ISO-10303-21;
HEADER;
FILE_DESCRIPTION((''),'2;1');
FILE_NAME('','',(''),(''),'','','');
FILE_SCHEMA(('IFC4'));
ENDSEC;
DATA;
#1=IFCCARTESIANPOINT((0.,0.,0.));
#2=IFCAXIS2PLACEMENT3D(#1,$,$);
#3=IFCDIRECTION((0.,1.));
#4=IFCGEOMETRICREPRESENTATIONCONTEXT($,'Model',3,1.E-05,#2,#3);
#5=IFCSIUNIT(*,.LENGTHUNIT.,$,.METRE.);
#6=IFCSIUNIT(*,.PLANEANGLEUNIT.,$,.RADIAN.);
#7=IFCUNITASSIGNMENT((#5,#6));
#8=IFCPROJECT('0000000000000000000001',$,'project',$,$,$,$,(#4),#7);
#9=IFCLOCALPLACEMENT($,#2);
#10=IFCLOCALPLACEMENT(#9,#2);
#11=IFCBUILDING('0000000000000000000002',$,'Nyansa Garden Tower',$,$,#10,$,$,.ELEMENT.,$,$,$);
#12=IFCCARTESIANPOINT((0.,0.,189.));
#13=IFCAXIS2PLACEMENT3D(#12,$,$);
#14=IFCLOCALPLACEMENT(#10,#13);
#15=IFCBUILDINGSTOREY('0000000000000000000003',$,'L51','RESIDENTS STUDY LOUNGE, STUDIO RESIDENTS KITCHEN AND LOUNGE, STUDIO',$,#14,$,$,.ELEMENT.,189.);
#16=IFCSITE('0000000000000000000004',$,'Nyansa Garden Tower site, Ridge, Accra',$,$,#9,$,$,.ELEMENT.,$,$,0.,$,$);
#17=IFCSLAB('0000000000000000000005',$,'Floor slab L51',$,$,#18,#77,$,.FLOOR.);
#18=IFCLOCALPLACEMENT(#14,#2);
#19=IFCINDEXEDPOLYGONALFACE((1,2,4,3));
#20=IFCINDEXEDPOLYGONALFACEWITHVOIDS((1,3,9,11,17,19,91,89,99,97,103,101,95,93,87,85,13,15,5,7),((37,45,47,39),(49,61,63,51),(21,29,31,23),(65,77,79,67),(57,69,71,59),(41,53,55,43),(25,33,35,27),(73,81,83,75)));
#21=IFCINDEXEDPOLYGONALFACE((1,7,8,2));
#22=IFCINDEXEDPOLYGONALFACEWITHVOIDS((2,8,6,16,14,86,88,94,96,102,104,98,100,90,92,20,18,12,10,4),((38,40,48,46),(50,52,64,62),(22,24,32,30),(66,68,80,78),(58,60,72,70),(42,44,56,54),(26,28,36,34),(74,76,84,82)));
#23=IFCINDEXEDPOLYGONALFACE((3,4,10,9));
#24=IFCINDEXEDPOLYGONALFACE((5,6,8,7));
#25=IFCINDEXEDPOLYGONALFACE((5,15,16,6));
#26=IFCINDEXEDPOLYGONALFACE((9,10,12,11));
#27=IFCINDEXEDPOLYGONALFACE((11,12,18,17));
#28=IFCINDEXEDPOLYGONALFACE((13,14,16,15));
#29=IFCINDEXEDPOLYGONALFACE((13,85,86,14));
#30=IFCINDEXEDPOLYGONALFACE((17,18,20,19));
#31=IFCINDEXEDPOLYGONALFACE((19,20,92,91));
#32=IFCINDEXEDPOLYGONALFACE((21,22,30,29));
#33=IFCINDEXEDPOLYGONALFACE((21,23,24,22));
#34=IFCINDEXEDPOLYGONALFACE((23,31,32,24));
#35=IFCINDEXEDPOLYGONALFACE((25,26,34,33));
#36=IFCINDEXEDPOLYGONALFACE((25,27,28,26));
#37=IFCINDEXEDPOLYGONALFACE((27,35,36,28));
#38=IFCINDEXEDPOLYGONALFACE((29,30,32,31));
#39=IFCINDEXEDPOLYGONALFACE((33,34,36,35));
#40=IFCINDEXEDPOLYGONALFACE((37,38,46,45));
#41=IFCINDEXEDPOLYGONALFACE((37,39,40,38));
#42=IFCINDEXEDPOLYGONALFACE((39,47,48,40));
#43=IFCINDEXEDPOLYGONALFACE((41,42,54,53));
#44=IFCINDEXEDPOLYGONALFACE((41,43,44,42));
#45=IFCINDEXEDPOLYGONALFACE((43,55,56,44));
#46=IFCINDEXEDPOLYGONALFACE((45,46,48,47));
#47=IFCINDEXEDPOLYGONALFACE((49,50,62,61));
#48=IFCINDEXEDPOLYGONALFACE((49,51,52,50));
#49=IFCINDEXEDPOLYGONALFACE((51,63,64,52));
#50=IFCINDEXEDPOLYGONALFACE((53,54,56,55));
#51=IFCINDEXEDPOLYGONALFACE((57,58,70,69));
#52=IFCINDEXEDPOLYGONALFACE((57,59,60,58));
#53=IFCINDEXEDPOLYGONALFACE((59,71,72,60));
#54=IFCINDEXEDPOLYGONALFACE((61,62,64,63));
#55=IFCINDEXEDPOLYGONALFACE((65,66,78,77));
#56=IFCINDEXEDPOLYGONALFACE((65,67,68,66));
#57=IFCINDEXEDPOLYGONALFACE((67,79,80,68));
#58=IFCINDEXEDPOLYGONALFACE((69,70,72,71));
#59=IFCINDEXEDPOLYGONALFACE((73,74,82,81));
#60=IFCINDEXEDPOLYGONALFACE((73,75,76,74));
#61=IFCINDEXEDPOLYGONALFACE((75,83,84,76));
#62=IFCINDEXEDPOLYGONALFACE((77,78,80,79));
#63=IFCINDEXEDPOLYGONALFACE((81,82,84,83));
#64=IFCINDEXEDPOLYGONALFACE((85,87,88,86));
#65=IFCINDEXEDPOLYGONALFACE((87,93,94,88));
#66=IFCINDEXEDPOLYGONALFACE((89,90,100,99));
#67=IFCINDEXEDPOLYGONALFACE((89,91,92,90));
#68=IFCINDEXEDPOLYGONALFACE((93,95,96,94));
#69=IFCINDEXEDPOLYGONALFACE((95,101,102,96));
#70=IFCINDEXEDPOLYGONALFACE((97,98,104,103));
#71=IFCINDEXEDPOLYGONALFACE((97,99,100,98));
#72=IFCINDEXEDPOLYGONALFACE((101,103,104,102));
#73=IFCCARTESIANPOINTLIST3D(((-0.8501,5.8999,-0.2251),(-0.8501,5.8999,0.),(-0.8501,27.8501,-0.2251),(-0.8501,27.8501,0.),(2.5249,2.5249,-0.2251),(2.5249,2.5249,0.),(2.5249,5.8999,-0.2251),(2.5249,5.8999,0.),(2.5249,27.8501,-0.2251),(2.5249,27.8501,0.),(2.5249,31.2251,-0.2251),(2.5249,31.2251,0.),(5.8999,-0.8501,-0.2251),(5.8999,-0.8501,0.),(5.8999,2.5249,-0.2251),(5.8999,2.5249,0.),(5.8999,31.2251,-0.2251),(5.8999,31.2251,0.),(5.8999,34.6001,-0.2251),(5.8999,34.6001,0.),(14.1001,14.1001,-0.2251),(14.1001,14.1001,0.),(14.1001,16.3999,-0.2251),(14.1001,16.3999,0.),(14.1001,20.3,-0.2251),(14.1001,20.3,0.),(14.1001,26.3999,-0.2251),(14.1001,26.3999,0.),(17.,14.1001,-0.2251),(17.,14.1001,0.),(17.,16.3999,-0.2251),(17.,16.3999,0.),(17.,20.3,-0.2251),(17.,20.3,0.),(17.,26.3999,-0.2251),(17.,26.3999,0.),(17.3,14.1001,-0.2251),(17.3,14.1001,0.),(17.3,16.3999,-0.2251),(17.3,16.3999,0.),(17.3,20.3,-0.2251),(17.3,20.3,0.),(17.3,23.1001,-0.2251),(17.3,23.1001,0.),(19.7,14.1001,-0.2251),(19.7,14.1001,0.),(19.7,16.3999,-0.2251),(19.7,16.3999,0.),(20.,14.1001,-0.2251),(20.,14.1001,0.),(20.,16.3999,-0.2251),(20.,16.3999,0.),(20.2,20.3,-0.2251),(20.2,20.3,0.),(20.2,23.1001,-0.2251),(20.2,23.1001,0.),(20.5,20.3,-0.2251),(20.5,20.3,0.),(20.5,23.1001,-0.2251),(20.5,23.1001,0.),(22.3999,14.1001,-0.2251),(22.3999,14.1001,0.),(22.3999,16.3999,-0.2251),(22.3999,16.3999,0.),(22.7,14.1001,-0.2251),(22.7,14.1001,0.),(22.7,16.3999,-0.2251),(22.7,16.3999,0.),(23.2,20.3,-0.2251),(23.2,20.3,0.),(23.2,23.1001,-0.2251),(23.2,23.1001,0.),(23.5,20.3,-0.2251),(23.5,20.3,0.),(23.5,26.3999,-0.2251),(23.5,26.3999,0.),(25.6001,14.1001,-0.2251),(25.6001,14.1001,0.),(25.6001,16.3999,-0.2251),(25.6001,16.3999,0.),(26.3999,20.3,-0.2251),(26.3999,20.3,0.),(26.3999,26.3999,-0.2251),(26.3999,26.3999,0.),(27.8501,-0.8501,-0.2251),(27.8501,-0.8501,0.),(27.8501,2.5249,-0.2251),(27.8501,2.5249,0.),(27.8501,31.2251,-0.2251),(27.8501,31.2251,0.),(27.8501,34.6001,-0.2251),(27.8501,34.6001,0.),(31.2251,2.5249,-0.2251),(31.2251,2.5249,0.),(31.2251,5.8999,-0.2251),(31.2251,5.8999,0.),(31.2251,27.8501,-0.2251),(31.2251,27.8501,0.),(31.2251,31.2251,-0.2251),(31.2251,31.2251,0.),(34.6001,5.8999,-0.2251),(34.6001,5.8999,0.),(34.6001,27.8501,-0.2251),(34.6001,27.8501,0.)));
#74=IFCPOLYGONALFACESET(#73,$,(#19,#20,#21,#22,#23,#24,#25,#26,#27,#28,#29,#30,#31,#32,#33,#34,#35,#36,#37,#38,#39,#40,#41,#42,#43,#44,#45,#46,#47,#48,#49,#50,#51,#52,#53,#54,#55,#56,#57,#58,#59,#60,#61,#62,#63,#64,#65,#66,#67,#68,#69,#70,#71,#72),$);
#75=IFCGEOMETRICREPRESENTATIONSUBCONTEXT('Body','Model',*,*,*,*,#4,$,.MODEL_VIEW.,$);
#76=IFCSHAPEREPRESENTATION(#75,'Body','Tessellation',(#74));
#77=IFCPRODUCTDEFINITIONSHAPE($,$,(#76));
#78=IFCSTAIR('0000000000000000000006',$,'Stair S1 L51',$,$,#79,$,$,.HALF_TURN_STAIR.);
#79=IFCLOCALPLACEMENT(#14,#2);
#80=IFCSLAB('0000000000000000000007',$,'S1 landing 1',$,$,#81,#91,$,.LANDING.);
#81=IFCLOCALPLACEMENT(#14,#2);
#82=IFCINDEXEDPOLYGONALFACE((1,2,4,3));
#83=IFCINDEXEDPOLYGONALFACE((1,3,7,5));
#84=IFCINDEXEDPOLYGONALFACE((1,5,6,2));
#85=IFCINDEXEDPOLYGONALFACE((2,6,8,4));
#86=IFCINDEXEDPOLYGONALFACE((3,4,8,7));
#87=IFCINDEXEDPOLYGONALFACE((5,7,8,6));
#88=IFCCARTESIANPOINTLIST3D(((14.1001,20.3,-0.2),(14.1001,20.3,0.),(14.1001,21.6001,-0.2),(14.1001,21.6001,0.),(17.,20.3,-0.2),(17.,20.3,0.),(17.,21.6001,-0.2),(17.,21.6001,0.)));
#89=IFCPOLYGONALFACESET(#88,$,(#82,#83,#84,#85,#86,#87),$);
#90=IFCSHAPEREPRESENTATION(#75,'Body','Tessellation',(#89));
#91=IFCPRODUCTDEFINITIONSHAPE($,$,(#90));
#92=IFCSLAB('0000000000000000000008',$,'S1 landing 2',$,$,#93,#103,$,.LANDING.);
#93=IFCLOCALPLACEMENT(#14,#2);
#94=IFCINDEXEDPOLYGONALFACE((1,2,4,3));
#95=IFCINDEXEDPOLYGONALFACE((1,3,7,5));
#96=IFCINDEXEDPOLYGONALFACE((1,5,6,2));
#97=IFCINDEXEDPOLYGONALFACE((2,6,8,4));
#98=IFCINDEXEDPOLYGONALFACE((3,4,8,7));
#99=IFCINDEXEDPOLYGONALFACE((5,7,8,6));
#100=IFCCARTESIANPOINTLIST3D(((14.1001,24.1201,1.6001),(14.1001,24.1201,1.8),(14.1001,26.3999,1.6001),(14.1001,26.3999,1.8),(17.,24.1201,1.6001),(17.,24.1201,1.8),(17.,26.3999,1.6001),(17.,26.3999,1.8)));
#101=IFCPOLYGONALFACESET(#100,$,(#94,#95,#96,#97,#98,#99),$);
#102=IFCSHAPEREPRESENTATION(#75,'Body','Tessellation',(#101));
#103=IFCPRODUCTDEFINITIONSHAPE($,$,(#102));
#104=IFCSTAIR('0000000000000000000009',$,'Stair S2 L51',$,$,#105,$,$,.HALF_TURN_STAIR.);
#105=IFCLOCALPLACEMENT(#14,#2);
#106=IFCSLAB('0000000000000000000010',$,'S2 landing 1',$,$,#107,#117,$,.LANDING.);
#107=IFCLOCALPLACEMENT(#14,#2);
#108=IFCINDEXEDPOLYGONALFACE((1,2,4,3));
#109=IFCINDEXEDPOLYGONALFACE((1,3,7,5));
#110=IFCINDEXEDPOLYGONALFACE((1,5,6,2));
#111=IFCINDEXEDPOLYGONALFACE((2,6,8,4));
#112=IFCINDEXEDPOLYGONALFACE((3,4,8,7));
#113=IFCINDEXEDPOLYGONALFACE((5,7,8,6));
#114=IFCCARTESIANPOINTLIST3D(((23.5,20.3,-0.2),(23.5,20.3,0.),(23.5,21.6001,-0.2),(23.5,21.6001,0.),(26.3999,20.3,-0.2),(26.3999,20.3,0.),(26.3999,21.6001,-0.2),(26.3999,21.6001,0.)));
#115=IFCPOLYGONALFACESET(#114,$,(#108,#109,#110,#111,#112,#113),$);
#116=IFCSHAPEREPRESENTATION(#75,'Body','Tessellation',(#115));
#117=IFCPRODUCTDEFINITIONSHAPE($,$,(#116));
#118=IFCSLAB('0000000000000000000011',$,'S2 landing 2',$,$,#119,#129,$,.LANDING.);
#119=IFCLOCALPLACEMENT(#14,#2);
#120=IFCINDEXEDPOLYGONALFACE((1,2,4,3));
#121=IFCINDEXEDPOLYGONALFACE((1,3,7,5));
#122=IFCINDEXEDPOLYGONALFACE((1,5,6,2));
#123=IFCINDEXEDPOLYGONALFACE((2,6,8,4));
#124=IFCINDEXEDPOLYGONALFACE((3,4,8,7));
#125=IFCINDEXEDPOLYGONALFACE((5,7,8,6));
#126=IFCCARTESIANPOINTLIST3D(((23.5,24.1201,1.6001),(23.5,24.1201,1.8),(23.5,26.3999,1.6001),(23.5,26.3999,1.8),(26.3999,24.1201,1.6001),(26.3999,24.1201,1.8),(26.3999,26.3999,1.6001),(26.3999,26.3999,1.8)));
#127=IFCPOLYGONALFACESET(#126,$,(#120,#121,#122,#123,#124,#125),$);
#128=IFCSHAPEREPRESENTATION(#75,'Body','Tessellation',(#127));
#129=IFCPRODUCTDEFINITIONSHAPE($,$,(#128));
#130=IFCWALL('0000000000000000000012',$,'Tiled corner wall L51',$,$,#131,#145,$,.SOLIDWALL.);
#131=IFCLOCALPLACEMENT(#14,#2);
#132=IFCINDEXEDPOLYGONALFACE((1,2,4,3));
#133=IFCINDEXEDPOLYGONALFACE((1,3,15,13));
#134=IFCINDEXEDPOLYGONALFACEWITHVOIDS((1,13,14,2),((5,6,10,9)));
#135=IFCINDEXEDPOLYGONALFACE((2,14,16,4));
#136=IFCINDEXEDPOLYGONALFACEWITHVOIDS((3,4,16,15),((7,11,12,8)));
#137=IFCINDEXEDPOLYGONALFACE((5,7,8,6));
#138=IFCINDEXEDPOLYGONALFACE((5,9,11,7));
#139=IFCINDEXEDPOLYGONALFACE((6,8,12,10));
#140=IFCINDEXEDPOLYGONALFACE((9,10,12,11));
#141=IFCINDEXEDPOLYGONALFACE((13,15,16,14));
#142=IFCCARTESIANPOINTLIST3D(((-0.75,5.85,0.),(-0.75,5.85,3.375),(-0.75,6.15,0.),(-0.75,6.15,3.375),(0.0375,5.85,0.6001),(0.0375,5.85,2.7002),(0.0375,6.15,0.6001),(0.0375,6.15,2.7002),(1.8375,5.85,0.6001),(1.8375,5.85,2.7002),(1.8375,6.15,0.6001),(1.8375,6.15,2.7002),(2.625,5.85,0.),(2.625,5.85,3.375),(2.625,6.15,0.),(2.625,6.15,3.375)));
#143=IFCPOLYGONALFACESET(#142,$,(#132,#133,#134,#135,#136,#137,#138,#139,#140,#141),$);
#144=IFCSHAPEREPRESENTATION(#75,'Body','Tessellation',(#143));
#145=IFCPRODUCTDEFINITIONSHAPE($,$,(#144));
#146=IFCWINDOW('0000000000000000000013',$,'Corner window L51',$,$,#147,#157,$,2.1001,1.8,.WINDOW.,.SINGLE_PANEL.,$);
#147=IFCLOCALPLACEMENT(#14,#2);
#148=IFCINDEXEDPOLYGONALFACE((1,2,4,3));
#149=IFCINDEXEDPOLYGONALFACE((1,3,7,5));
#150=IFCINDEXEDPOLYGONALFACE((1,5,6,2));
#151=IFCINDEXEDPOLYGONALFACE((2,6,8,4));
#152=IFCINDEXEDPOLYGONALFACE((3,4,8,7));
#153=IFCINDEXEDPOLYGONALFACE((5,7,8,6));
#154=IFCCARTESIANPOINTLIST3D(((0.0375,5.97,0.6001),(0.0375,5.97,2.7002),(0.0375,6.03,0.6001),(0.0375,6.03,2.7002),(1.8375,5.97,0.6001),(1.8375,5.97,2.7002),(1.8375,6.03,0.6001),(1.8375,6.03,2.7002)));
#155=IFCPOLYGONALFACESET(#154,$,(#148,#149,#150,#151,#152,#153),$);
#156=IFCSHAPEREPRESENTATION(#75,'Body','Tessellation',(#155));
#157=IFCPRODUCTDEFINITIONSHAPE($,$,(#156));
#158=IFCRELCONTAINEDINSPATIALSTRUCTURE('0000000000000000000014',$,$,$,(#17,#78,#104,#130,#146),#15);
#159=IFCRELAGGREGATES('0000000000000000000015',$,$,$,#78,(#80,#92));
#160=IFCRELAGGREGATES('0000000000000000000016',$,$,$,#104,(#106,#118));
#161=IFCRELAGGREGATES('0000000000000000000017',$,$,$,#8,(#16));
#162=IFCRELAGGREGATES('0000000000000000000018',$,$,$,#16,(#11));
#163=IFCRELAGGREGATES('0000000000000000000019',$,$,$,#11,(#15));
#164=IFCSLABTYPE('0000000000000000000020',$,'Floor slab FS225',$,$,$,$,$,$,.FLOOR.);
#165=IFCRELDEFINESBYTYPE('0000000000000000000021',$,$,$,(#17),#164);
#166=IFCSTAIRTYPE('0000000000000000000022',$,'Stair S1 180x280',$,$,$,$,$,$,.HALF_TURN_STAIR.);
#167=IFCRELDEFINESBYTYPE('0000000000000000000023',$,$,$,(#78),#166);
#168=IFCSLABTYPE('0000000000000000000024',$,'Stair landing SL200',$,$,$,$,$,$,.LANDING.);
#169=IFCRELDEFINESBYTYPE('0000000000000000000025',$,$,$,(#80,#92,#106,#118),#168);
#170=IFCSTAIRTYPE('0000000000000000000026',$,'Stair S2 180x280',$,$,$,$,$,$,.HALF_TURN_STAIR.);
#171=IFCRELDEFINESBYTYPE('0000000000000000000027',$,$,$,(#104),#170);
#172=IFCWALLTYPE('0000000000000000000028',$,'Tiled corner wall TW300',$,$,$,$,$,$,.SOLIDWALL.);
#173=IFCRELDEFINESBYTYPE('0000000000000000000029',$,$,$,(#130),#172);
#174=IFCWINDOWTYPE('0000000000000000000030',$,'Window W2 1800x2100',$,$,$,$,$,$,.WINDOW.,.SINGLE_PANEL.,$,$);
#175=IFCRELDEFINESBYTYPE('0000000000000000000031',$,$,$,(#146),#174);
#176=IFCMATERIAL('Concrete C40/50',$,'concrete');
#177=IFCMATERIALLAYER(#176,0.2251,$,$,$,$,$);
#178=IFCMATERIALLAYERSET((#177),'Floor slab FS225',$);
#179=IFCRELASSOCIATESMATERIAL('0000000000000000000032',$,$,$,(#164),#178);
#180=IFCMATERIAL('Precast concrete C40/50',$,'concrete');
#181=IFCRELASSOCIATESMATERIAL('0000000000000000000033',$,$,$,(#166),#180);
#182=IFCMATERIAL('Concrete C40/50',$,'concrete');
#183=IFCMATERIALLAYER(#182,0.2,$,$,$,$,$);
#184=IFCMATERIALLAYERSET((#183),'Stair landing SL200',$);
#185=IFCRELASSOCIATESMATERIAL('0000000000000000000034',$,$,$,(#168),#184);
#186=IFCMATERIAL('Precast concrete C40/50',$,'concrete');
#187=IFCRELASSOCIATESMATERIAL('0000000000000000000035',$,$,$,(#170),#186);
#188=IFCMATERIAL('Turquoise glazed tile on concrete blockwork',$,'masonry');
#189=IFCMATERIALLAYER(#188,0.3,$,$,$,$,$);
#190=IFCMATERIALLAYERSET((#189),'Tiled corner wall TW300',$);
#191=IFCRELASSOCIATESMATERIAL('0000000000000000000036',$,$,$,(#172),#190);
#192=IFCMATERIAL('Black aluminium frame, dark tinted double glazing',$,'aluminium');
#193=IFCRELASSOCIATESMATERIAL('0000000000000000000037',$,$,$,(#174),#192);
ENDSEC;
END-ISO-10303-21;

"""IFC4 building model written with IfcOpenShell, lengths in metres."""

from ifc_helpers import new_model, si_unit, direction, frame, frame_2d, origin, place, context, subcontext, project, spatial, polyline, rectangle, outline, extrude, material, layer, layer_set, type_object, element, fill, aggregate, save


model = new_model("IFC4")

# Units and contexts
model_context = context("Model", 3, precision=1e-05, world=origin(), true_north=direction((0.0, 1.0)))
body_context = subcontext(model_context, "Body", "Model", "MODEL_VIEW")
ifc_project = project(units=[si_unit("LENGTHUNIT", "METRE"), si_unit("PLANEANGLEUNIT", "RADIAN")], contexts=[model_context])

# Site, building, storey
site_placement = place(None, origin())
site = spatial("IfcSite", under=ifc_project, at=site_placement, Name="Nyansa Garden Tower site, Ridge, Accra", CompositionType="ELEMENT", RefElevation=0.0)
building_placement = place(site_placement, origin())
building = spatial("IfcBuilding", under=site, at=building_placement, Name="Nyansa Garden Tower", CompositionType="ELEMENT")
storey_placement = place(building_placement, frame((0.0, 0.0, 189.0)))
storey = spatial("IfcBuildingStorey", under=building, at=storey_placement, Name="L51", Description="RESIDENTS STUDY LOUNGE, STUDIO RESIDENTS KITCHEN AND LOUNGE, STUDIO", CompositionType="ELEMENT", Elevation=189.0)

# Slab
ifc_material_1 = material(Name="Concrete C40/50", Category="concrete")
ifc_layer_1 = layer(ifc_material_1, 0.2251)
ifc_layer_set_1 = layer_set([ifc_layer_1], Name="Floor slab FS225")
slab_type_1 = type_object("IfcSlabType", Name="Floor slab FS225", PredefinedType="FLOOR", material=ifc_layer_set_1)
slab_1_placement = place(storey_placement, frame((0.0, 0.0, -0.2251)))
element("IfcSlab", 1, at=slab_1_placement, inside=storey, type_object=slab_type_1, Name="Floor slab L51", PredefinedType="FLOOR", context=body_context, shape_type="SweptSolid", body=[
    extrude(outline(polyline([(34.6001, 5.8999), (31.2251, 5.8999), (31.2251, 2.5249), (27.8501, 2.5249), (27.8501, -0.8501), (5.8999, -0.8501), (5.8999, 2.5249), (2.5249, 2.5249), (2.5249, 5.8999), (-0.8501, 5.8999), (-0.8501, 27.8501), (2.5249, 27.8501), (2.5249, 31.2251), (5.8999, 31.2251), (5.8999, 34.6001), (27.8501, 34.6001), (27.8501, 31.2251), (31.2251, 31.2251), (31.2251, 27.8501), (34.6001, 27.8501), (34.6001, 5.8999)]), holes=[polyline([(14.1001, 14.1001), (17.0, 14.1001), (17.0, 16.3999), (14.1001, 16.3999), (14.1001, 14.1001)]), polyline([(17.3, 14.1001), (19.7, 14.1001), (19.7, 16.3999), (17.3, 16.3999), (17.3, 14.1001)]), polyline([(20.0, 14.1001), (22.3999, 14.1001), (22.3999, 16.3999), (20.0, 16.3999), (20.0, 14.1001)]), polyline([(22.7, 14.1001), (25.6001, 14.1001), (25.6001, 16.3999), (22.7, 16.3999), (22.7, 14.1001)]), polyline([(17.3, 20.3), (20.2, 20.3), (20.2, 23.1001), (17.3, 23.1001), (17.3, 20.3)]), polyline([(20.5, 20.3), (23.2, 20.3), (23.2, 23.1001), (20.5, 23.1001), (20.5, 20.3)]), polyline([(14.1001, 20.3), (17.0, 20.3), (17.0, 26.3999), (14.1001, 26.3999), (14.1001, 20.3)]), polyline([(23.5, 20.3), (26.3999, 20.3), (26.3999, 26.3999), (23.5, 26.3999), (23.5, 20.3)])]), origin(), (0.0, 0.0, 1.0), 0.2251),
])

# Stairs, slabs
ifc_material_2 = material(Name="Precast concrete C40/50", Category="concrete")
stair_type_1 = type_object("IfcStairType", Name="Stair S1 180x280", PredefinedType="HALF_TURN_STAIR", material=ifc_material_2)
stair_1_placement = place(storey_placement, origin())
stair_1 = element("IfcStair", 2, at=stair_1_placement, inside=storey, type_object=stair_type_1, Name="Stair S1 L51", PredefinedType="HALF_TURN_STAIR")
ifc_material_3 = material(Name="Concrete C40/50", Category="concrete")
ifc_layer_2 = layer(ifc_material_3, 0.2)
ifc_layer_set_2 = layer_set([ifc_layer_2], Name="Stair landing SL200")
slab_type_2 = type_object("IfcSlabType", Name="Stair landing SL200", PredefinedType="LANDING", material=ifc_layer_set_2)
slab_2_placement = place(storey_placement, frame((0.0, 0.0, -0.2)))
slab_2 = element("IfcSlab", 3, at=slab_2_placement, type_object=slab_type_2, Name="S1 landing 1", PredefinedType="LANDING", context=body_context, shape_type="SweptSolid", body=[
    extrude(outline(polyline([(14.1001, 20.3), (17.0, 20.3), (17.0, 21.6001), (14.1001, 21.6001), (14.1001, 20.3)])), origin(), (0.0, 0.0, 1.0), 0.2),
])
slab_3_placement = place(storey_placement, frame((0.0, 0.0, 1.6001)))
slab_3 = element("IfcSlab", 4, at=slab_3_placement, type_object=slab_type_2, Name="S1 landing 2", PredefinedType="LANDING", context=body_context, shape_type="SweptSolid", body=[
    extrude(outline(polyline([(14.1001, 24.1201), (17.0, 24.1201), (17.0, 26.3999), (14.1001, 26.3999), (14.1001, 24.1201)])), origin(), (0.0, 0.0, 1.0), 0.2),
])
aggregate(stair_1, [slab_2, slab_3])
ifc_material_4 = material(Name="Precast concrete C40/50", Category="concrete")
stair_type_2 = type_object("IfcStairType", Name="Stair S2 180x280", PredefinedType="HALF_TURN_STAIR", material=ifc_material_4)
stair_2_placement = place(storey_placement, origin())
stair_2 = element("IfcStair", 5, at=stair_2_placement, inside=storey, type_object=stair_type_2, Name="Stair S2 L51", PredefinedType="HALF_TURN_STAIR")
slab_4_placement = place(storey_placement, frame((0.0, 0.0, -0.2)))
slab_4 = element("IfcSlab", 6, at=slab_4_placement, type_object=slab_type_2, Name="S2 landing 1", PredefinedType="LANDING", context=body_context, shape_type="SweptSolid", body=[
    extrude(outline(polyline([(23.5, 20.3), (26.3999, 20.3), (26.3999, 21.6001), (23.5, 21.6001), (23.5, 20.3)])), origin(), (0.0, 0.0, 1.0), 0.2),
])
slab_5_placement = place(storey_placement, frame((0.0, 0.0, 1.6001)))
slab_5 = element("IfcSlab", 7, at=slab_5_placement, type_object=slab_type_2, Name="S2 landing 2", PredefinedType="LANDING", context=body_context, shape_type="SweptSolid", body=[
    extrude(outline(polyline([(23.5, 24.1201), (26.3999, 24.1201), (26.3999, 26.3999), (23.5, 26.3999), (23.5, 24.1201)])), origin(), (0.0, 0.0, 1.0), 0.2),
])
aggregate(stair_2, [slab_4, slab_5])

# Wall, opening, window
ifc_material_5 = material(Name="Turquoise glazed tile on concrete blockwork", Category="masonry")
ifc_layer_3 = layer(ifc_material_5, 0.3)
ifc_layer_set_3 = layer_set([ifc_layer_3], Name="Tiled corner wall TW300")
wall_type = type_object("IfcWallType", Name="Tiled corner wall TW300", PredefinedType="SOLIDWALL", material=ifc_layer_set_3)
wall_1_placement = place(storey_placement, frame((-0.75, 6.0, 0.0), z_axis=(0.0, 0.0, 1.0), x_axis=(1.0, 0.0, 0.0)))
wall_1 = element("IfcWall", 8, at=wall_1_placement, inside=storey, type_object=wall_type, Name="Tiled corner wall L51", PredefinedType="SOLIDWALL", context=body_context, shape_type="SweptSolid", body=[
    extrude(rectangle(XDim=3.375, YDim=0.3, at=frame_2d((1.6875, 0.0))), origin(), (0.0, 0.0, 1.0), 3.375),
])
opening_1_placement = place(wall_1_placement, frame((0.7876, 0.0, 0.6001)))
opening_1 = element("IfcOpeningElement", 9, at=opening_1_placement, cuts=wall_1, PredefinedType="OPENING", context=body_context, shape_type="SweptSolid", body=[
    extrude(rectangle(XDim=1.8, YDim=2.1001, at=frame_2d((0.8999, 1.05))), frame((0.0, 0.1599, 0.0), z_axis=(0.0, -1.0, 0.0), x_axis=(1.0, 0.0, 0.0)), (0.0, 0.0, 1.0), 0.3201),
])
ifc_material_6 = material(Name="Black aluminium frame, dark tinted double glazing", Category="aluminium")
window_type = type_object("IfcWindowType", Name="Window W2 1800x2100", PartitioningType="SINGLE_PANEL", PredefinedType="WINDOW", material=ifc_material_6)
window_1_placement = place(opening_1_placement, origin())
window_1 = element("IfcWindow", 10, at=window_1_placement, inside=storey, type_object=window_type, Name="Corner window L51", OverallHeight=2.1001, OverallWidth=1.8, PartitioningType="SINGLE_PANEL", PredefinedType="WINDOW", context=body_context, shape_type="SweptSolid", body=[
    extrude(rectangle(XDim=1.8, YDim=2.1001, at=frame_2d((0.8999, 1.05))), frame((0.0, 0.03, 0.0), z_axis=(0.0, -1.0, 0.0), x_axis=(1.0, 0.0, 0.0)), (0.0, 0.0, 1.0), 0.0601),
])
fill(opening_1, window_1)

save(model, "model.ifc")
